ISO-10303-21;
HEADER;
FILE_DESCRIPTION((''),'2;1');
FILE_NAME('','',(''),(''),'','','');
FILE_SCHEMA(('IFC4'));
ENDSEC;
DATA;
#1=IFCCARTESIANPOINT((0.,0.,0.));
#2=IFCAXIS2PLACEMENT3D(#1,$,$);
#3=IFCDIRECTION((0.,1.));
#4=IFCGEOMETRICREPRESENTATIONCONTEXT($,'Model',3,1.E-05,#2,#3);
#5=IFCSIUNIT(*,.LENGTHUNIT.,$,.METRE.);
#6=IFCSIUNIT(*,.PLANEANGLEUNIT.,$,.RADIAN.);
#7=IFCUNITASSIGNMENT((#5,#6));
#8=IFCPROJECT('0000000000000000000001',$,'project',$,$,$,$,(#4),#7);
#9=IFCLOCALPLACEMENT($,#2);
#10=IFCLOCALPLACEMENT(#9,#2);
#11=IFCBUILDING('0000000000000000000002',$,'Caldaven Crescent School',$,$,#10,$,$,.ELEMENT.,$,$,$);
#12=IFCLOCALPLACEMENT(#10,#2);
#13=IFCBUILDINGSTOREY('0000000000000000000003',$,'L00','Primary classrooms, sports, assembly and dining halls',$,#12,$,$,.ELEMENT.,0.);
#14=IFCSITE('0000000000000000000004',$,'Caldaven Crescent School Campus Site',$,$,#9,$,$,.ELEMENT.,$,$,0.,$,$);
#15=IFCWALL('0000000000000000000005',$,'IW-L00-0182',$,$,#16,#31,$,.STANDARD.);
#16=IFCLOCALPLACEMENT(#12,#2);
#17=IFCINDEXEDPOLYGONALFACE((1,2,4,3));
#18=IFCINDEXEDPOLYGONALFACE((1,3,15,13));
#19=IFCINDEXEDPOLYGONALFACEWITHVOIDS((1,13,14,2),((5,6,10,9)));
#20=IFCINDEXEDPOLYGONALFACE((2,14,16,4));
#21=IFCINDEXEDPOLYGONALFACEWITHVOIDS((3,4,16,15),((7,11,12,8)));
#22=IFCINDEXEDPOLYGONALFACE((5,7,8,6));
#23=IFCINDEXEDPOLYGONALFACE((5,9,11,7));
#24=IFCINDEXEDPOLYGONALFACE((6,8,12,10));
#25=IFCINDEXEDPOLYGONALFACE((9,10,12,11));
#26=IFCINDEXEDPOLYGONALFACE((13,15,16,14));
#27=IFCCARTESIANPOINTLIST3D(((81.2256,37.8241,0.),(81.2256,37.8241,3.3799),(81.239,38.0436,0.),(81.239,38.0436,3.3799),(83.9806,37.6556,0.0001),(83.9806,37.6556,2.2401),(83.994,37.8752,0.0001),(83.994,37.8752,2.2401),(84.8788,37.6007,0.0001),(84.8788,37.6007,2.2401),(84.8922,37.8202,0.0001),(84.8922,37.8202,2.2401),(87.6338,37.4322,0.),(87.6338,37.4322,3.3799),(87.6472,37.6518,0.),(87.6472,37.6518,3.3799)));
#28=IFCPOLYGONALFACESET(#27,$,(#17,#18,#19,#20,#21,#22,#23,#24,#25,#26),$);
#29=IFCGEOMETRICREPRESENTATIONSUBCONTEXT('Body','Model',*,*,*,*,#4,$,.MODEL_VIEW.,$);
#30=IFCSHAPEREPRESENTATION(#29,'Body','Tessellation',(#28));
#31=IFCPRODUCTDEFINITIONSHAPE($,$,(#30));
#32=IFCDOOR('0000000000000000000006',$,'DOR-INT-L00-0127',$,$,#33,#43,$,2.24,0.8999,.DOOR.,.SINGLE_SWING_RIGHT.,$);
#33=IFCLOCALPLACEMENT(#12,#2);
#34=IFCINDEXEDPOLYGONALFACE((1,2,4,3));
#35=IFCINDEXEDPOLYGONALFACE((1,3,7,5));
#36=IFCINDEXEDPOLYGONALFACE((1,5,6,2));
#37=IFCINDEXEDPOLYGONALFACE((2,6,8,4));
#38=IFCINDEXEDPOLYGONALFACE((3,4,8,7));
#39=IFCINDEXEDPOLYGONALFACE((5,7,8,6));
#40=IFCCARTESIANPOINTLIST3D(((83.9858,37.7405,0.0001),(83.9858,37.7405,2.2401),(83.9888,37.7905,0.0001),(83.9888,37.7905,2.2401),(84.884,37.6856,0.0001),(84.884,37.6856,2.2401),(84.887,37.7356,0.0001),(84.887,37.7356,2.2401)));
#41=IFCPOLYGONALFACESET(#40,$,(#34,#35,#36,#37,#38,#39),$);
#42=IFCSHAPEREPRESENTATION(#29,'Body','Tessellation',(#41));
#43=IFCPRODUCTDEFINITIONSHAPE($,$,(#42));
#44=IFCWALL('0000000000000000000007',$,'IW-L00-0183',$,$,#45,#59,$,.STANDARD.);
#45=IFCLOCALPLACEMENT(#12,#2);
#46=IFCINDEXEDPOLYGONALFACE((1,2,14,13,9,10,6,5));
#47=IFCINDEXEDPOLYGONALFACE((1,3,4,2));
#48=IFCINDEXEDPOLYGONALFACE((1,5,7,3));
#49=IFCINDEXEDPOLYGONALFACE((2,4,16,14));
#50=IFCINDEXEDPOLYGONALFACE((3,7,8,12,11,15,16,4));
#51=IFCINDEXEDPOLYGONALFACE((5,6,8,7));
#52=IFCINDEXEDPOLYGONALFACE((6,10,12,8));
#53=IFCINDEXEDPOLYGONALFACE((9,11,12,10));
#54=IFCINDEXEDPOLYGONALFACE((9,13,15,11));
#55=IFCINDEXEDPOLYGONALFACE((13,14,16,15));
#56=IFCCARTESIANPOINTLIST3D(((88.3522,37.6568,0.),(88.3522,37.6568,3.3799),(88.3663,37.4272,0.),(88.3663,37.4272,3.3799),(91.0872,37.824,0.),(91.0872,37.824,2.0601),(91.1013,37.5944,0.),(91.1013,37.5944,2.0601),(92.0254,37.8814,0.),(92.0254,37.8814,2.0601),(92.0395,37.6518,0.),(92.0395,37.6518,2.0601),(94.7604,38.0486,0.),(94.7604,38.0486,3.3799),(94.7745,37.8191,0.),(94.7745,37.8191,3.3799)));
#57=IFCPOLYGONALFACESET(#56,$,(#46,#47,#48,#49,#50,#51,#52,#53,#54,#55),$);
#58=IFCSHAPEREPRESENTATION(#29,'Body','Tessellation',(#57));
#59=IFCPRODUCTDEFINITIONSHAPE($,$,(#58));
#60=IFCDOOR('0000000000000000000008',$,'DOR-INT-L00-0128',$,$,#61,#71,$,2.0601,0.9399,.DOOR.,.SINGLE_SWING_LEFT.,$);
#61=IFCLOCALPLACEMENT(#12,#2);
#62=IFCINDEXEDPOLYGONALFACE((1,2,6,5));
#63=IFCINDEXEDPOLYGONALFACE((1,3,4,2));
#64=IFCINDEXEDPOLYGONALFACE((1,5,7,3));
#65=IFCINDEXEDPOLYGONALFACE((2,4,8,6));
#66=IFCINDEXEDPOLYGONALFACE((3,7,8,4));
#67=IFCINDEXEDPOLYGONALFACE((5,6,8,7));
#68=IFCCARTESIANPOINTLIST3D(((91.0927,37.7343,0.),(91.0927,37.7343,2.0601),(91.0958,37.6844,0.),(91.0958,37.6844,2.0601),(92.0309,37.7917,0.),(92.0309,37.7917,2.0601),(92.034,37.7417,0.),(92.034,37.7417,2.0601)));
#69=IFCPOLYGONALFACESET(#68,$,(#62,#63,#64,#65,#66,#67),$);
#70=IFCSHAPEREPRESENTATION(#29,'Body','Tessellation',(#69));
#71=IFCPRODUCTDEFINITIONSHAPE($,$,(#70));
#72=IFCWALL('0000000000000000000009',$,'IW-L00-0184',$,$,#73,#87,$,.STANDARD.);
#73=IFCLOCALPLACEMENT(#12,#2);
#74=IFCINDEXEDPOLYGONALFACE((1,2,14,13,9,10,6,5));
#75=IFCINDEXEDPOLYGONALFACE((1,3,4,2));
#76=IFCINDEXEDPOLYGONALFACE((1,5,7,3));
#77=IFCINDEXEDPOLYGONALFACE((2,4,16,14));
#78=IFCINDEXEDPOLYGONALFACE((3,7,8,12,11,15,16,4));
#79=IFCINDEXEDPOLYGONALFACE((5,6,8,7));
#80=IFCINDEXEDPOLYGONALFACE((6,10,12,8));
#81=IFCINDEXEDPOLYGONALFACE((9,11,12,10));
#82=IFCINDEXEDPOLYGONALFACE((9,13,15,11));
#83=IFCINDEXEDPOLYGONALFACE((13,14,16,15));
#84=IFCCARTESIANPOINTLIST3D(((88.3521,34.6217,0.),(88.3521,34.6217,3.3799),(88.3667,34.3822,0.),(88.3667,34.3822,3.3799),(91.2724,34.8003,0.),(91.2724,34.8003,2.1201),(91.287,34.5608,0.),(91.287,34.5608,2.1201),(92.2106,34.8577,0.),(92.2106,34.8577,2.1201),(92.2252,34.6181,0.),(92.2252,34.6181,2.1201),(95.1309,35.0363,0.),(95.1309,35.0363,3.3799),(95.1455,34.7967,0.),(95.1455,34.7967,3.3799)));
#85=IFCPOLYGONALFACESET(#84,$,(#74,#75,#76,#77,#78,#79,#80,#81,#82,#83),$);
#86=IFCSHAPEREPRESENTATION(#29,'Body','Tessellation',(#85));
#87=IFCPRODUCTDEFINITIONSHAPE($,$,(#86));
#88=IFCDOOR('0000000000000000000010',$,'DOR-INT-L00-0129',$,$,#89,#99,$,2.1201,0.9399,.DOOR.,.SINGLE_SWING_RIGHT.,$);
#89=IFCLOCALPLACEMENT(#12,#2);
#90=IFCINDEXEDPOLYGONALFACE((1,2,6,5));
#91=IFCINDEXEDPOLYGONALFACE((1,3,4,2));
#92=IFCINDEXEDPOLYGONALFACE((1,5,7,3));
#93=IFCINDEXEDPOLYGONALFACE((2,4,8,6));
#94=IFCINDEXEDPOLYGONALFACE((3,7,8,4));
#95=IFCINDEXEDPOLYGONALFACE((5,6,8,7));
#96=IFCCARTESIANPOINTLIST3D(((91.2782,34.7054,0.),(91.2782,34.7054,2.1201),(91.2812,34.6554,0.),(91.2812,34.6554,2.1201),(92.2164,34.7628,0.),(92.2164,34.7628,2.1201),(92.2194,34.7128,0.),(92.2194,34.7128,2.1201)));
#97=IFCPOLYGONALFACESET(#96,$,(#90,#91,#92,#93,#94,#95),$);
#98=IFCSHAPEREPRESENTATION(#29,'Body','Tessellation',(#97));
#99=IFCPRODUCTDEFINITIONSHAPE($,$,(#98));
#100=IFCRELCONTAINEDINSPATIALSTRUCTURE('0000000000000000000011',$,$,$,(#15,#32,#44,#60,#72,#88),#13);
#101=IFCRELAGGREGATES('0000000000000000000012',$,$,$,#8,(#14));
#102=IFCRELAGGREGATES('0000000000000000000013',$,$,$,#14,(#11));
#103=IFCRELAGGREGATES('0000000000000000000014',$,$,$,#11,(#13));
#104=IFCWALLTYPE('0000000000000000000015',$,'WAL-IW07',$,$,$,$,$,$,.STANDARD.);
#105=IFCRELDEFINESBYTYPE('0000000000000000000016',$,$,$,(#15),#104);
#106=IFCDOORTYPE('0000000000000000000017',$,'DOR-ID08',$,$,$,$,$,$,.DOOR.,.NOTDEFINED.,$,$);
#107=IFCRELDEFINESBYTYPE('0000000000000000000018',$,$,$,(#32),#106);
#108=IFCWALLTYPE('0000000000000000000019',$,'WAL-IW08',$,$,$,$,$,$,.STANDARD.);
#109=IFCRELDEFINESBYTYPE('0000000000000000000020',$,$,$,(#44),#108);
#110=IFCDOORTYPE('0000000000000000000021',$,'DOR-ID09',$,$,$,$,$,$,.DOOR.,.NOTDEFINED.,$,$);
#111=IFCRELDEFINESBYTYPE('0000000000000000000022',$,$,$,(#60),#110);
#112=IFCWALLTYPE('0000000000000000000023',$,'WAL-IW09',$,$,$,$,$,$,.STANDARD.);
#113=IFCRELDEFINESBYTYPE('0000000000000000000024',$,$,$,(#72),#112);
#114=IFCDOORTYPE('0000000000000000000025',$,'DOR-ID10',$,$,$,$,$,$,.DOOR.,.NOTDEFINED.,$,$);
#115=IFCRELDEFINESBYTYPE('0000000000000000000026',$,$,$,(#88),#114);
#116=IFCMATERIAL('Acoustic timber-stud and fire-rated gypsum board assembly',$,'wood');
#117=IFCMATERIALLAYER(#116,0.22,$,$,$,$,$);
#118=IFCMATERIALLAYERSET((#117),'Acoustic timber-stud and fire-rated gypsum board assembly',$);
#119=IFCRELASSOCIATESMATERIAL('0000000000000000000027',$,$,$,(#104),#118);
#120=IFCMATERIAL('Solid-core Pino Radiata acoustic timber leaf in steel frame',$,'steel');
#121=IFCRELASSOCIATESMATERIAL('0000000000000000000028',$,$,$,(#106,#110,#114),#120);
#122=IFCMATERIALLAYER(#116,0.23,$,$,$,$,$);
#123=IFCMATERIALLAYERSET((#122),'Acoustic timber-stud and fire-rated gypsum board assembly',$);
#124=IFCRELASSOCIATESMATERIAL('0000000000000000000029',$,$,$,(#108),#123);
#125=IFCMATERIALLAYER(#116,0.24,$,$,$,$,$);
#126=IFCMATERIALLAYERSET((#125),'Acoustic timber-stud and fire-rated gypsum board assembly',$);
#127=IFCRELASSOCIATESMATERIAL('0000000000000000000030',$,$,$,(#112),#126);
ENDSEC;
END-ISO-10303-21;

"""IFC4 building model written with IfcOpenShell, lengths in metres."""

from ifc_helpers import new_model, si_unit, direction, frame, frame_2d, origin, place, context, subcontext, project, spatial, rectangle, extrude, material, layer, layer_set, type_object, element, fill, save


model = new_model("IFC4")

# Units and contexts
model_context = context("Model", 3, precision=1e-05, world=origin(), true_north=direction((0.0, 1.0)))
body_context = subcontext(model_context, "Body", "Model", "MODEL_VIEW")
ifc_project = project(units=[si_unit("LENGTHUNIT", "METRE"), si_unit("PLANEANGLEUNIT", "RADIAN")], contexts=[model_context])

# Site, building, storey
site_placement = place(None, origin())
site = spatial("IfcSite", under=ifc_project, at=site_placement, Name="Caldaven Crescent School Campus Site", CompositionType="ELEMENT", RefElevation=0.0)
building_placement = place(site_placement, origin())
building = spatial("IfcBuilding", under=site, at=building_placement, Name="Caldaven Crescent School", CompositionType="ELEMENT")
storey_placement = place(building_placement, origin())
storey = spatial("IfcBuildingStorey", under=building, at=storey_placement, Name="L00", Description="Primary classrooms, sports, assembly and dining halls", CompositionType="ELEMENT", Elevation=0.0)

# Walls, openings, doors
ifc_material_1 = material(Name="Acoustic timber-stud and fire-rated gypsum board assembly", Category="wood")
ifc_layer_1 = layer(ifc_material_1, 0.22)
ifc_layer_set_1 = layer_set([ifc_layer_1], Name="Acoustic timber-stud and fire-rated gypsum board assembly")
wall_type_1 = type_object("IfcWallType", Name="WAL-IW07", PredefinedType="STANDARD", material=ifc_layer_set_1)
wall_1_placement = place(storey_placement, frame((81.2324, 37.9338, 0.0), z_axis=(0.0, 0.0, 1.0), x_axis=(0.998136, -0.061034, 0.0)))
wall_1 = element("IfcWall", 1, at=wall_1_placement, inside=storey, type_object=wall_type_1, Name="IW-L00-0182", PredefinedType="STANDARD", context=body_context, shape_type="SweptSolid", body=[
    extrude(rectangle(XDim=6.4202, YDim=0.22, at=frame_2d((3.21, 0.0))), origin(), (0.0, 0.0, 1.0), 3.3799),
])
opening_1_placement = place(wall_1_placement, frame((2.76, 0.0, 0.0)))
opening_1 = element("IfcOpeningElement", 2, at=opening_1_placement, cuts=wall_1, PredefinedType="OPENING", context=body_context, shape_type="SweptSolid", body=[
    extrude(rectangle(XDim=0.8999, YDim=2.24, at=frame_2d((0.45, 1.1201))), frame((0.0, 0.1199, 0.0), z_axis=(0.0, -1.0, 0.0), x_axis=(1.0, 0.0, 0.0)), (0.0, 0.0, 1.0), 0.24),
])
ifc_material_2 = material(Name="Solid-core Pino Radiata acoustic timber leaf in steel frame", Category="steel")
door_type_1 = type_object("IfcDoorType", Name="DOR-ID08", OperationType="NOTDEFINED", PredefinedType="DOOR", material=ifc_material_2)
door_1_placement = place(opening_1_placement, frame((0.8999, 0.0, 0.0), z_axis=(0.0, 0.0, 1.0), x_axis=(-1.0, 0.0, 0.0)))
door_1 = element("IfcDoor", 3, at=door_1_placement, inside=storey, type_object=door_type_1, Name="DOR-INT-L00-0127", OperationType="SINGLE_SWING_RIGHT", OverallHeight=2.24, OverallWidth=0.8999, PredefinedType="DOOR", context=body_context, shape_type="SweptSolid", body=[
    extrude(rectangle(XDim=0.8999, YDim=2.24, at=frame_2d((0.45, 1.1201))), frame((0.0, 0.0249, 0.0), z_axis=(0.0, -1.0, 0.0), x_axis=(1.0, 0.0, 0.0)), (0.0, 0.0, 1.0), 0.05),
])
fill(opening_1, door_1)
ifc_layer_2 = layer(ifc_material_1, 0.23)
ifc_layer_set_2 = layer_set([ifc_layer_2], Name="Acoustic timber-stud and fire-rated gypsum board assembly")
wall_type_2 = type_object("IfcWallType", Name="WAL-IW08", PredefinedType="STANDARD", material=ifc_layer_set_2)
wall_2_placement = place(storey_placement, frame((88.3594, 37.542, 0.0), z_axis=(0.0, 0.0, 1.0), x_axis=(0.998136, 0.061034, 0.0)))
wall_2 = element("IfcWall", 4, at=wall_2_placement, inside=storey, type_object=wall_type_2, Name="IW-L00-0183", PredefinedType="STANDARD", context=body_context, shape_type="SweptSolid", body=[
    extrude(rectangle(XDim=6.4202, YDim=0.23, at=frame_2d((3.21, 0.0))), origin(), (0.0, 0.0, 1.0), 3.3799),
])
opening_2_placement = place(wall_2_placement, frame((2.74, 0.0, 0.0)))
opening_2 = element("IfcOpeningElement", 5, at=opening_2_placement, cuts=wall_2, PredefinedType="OPENING", context=body_context, shape_type="SweptSolid", body=[
    extrude(rectangle(XDim=0.9399, YDim=2.0601, at=frame_2d((0.47, 1.03))), frame((0.0, 0.125, 0.0), z_axis=(0.0, -1.0, 0.0), x_axis=(1.0, 0.0, 0.0)), (0.0, 0.0, 1.0), 0.25),
])
door_type_2 = type_object("IfcDoorType", Name="DOR-ID09", OperationType="NOTDEFINED", PredefinedType="DOOR", material=ifc_material_2)
door_2_placement = place(opening_2_placement, frame((0.9399, 0.0, 0.0), z_axis=(0.0, 0.0, 1.0), x_axis=(-1.0, 0.0, 0.0)))
door_2 = element("IfcDoor", 6, at=door_2_placement, inside=storey, type_object=door_type_2, Name="DOR-INT-L00-0128", OperationType="SINGLE_SWING_LEFT", OverallHeight=2.0601, OverallWidth=0.9399, PredefinedType="DOOR", context=body_context, shape_type="SweptSolid", body=[
    extrude(rectangle(XDim=0.9399, YDim=2.0601, at=frame_2d((0.47, 1.03))), frame((0.0, 0.0249, 0.0), z_axis=(0.0, -1.0, 0.0), x_axis=(1.0, 0.0, 0.0)), (0.0, 0.0, 1.0), 0.05),
])
fill(opening_2, door_2)
ifc_layer_3 = layer(ifc_material_1, 0.24)
ifc_layer_set_3 = layer_set([ifc_layer_3], Name="Acoustic timber-stud and fire-rated gypsum board assembly")
wall_type_3 = type_object("IfcWallType", Name="WAL-IW09", PredefinedType="STANDARD", material=ifc_layer_set_3)
wall_3_placement = place(storey_placement, frame((88.3594, 34.502, 0.0), z_axis=(0.0, 0.0, 1.0), x_axis=(0.998135, 0.06104, 0.0)))
wall_3 = element("IfcWall", 7, at=wall_3_placement, inside=storey, type_object=wall_type_3, Name="IW-L00-0184", PredefinedType="STANDARD", context=body_context, shape_type="SweptSolid", body=[
    extrude(rectangle(XDim=6.7915, YDim=0.24, at=frame_2d((3.3958, 0.0))), origin(), (0.0, 0.0, 1.0), 3.3799),
])
opening_3_placement = place(wall_3_placement, frame((2.9258, 0.0, 0.0)))
opening_3 = element("IfcOpeningElement", 8, at=opening_3_placement, cuts=wall_3, PredefinedType="OPENING", context=body_context, shape_type="SweptSolid", body=[
    extrude(rectangle(XDim=0.9399, YDim=2.1201, at=frame_2d((0.47, 1.0601))), frame((0.0, 0.1299, 0.0), z_axis=(0.0, -1.0, 0.0), x_axis=(1.0, 0.0, 0.0)), (0.0, 0.0, 1.0), 0.26),
])
door_type_3 = type_object("IfcDoorType", Name="DOR-ID10", OperationType="NOTDEFINED", PredefinedType="DOOR", material=ifc_material_2)
door_3_placement = place(opening_3_placement, origin())
door_3 = element("IfcDoor", 9, at=door_3_placement, inside=storey, type_object=door_type_3, Name="DOR-INT-L00-0129", OperationType="SINGLE_SWING_RIGHT", OverallHeight=2.1201, OverallWidth=0.9399, PredefinedType="DOOR", context=body_context, shape_type="SweptSolid", body=[
    extrude(rectangle(XDim=0.9399, YDim=2.1201, at=frame_2d((0.47, 1.0601))), frame((0.0, 0.0249, 0.0), z_axis=(0.0, -1.0, 0.0), x_axis=(1.0, 0.0, 0.0)), (0.0, 0.0, 1.0), 0.05),
])
fill(opening_3, door_3)

save(model, "model.ifc")
